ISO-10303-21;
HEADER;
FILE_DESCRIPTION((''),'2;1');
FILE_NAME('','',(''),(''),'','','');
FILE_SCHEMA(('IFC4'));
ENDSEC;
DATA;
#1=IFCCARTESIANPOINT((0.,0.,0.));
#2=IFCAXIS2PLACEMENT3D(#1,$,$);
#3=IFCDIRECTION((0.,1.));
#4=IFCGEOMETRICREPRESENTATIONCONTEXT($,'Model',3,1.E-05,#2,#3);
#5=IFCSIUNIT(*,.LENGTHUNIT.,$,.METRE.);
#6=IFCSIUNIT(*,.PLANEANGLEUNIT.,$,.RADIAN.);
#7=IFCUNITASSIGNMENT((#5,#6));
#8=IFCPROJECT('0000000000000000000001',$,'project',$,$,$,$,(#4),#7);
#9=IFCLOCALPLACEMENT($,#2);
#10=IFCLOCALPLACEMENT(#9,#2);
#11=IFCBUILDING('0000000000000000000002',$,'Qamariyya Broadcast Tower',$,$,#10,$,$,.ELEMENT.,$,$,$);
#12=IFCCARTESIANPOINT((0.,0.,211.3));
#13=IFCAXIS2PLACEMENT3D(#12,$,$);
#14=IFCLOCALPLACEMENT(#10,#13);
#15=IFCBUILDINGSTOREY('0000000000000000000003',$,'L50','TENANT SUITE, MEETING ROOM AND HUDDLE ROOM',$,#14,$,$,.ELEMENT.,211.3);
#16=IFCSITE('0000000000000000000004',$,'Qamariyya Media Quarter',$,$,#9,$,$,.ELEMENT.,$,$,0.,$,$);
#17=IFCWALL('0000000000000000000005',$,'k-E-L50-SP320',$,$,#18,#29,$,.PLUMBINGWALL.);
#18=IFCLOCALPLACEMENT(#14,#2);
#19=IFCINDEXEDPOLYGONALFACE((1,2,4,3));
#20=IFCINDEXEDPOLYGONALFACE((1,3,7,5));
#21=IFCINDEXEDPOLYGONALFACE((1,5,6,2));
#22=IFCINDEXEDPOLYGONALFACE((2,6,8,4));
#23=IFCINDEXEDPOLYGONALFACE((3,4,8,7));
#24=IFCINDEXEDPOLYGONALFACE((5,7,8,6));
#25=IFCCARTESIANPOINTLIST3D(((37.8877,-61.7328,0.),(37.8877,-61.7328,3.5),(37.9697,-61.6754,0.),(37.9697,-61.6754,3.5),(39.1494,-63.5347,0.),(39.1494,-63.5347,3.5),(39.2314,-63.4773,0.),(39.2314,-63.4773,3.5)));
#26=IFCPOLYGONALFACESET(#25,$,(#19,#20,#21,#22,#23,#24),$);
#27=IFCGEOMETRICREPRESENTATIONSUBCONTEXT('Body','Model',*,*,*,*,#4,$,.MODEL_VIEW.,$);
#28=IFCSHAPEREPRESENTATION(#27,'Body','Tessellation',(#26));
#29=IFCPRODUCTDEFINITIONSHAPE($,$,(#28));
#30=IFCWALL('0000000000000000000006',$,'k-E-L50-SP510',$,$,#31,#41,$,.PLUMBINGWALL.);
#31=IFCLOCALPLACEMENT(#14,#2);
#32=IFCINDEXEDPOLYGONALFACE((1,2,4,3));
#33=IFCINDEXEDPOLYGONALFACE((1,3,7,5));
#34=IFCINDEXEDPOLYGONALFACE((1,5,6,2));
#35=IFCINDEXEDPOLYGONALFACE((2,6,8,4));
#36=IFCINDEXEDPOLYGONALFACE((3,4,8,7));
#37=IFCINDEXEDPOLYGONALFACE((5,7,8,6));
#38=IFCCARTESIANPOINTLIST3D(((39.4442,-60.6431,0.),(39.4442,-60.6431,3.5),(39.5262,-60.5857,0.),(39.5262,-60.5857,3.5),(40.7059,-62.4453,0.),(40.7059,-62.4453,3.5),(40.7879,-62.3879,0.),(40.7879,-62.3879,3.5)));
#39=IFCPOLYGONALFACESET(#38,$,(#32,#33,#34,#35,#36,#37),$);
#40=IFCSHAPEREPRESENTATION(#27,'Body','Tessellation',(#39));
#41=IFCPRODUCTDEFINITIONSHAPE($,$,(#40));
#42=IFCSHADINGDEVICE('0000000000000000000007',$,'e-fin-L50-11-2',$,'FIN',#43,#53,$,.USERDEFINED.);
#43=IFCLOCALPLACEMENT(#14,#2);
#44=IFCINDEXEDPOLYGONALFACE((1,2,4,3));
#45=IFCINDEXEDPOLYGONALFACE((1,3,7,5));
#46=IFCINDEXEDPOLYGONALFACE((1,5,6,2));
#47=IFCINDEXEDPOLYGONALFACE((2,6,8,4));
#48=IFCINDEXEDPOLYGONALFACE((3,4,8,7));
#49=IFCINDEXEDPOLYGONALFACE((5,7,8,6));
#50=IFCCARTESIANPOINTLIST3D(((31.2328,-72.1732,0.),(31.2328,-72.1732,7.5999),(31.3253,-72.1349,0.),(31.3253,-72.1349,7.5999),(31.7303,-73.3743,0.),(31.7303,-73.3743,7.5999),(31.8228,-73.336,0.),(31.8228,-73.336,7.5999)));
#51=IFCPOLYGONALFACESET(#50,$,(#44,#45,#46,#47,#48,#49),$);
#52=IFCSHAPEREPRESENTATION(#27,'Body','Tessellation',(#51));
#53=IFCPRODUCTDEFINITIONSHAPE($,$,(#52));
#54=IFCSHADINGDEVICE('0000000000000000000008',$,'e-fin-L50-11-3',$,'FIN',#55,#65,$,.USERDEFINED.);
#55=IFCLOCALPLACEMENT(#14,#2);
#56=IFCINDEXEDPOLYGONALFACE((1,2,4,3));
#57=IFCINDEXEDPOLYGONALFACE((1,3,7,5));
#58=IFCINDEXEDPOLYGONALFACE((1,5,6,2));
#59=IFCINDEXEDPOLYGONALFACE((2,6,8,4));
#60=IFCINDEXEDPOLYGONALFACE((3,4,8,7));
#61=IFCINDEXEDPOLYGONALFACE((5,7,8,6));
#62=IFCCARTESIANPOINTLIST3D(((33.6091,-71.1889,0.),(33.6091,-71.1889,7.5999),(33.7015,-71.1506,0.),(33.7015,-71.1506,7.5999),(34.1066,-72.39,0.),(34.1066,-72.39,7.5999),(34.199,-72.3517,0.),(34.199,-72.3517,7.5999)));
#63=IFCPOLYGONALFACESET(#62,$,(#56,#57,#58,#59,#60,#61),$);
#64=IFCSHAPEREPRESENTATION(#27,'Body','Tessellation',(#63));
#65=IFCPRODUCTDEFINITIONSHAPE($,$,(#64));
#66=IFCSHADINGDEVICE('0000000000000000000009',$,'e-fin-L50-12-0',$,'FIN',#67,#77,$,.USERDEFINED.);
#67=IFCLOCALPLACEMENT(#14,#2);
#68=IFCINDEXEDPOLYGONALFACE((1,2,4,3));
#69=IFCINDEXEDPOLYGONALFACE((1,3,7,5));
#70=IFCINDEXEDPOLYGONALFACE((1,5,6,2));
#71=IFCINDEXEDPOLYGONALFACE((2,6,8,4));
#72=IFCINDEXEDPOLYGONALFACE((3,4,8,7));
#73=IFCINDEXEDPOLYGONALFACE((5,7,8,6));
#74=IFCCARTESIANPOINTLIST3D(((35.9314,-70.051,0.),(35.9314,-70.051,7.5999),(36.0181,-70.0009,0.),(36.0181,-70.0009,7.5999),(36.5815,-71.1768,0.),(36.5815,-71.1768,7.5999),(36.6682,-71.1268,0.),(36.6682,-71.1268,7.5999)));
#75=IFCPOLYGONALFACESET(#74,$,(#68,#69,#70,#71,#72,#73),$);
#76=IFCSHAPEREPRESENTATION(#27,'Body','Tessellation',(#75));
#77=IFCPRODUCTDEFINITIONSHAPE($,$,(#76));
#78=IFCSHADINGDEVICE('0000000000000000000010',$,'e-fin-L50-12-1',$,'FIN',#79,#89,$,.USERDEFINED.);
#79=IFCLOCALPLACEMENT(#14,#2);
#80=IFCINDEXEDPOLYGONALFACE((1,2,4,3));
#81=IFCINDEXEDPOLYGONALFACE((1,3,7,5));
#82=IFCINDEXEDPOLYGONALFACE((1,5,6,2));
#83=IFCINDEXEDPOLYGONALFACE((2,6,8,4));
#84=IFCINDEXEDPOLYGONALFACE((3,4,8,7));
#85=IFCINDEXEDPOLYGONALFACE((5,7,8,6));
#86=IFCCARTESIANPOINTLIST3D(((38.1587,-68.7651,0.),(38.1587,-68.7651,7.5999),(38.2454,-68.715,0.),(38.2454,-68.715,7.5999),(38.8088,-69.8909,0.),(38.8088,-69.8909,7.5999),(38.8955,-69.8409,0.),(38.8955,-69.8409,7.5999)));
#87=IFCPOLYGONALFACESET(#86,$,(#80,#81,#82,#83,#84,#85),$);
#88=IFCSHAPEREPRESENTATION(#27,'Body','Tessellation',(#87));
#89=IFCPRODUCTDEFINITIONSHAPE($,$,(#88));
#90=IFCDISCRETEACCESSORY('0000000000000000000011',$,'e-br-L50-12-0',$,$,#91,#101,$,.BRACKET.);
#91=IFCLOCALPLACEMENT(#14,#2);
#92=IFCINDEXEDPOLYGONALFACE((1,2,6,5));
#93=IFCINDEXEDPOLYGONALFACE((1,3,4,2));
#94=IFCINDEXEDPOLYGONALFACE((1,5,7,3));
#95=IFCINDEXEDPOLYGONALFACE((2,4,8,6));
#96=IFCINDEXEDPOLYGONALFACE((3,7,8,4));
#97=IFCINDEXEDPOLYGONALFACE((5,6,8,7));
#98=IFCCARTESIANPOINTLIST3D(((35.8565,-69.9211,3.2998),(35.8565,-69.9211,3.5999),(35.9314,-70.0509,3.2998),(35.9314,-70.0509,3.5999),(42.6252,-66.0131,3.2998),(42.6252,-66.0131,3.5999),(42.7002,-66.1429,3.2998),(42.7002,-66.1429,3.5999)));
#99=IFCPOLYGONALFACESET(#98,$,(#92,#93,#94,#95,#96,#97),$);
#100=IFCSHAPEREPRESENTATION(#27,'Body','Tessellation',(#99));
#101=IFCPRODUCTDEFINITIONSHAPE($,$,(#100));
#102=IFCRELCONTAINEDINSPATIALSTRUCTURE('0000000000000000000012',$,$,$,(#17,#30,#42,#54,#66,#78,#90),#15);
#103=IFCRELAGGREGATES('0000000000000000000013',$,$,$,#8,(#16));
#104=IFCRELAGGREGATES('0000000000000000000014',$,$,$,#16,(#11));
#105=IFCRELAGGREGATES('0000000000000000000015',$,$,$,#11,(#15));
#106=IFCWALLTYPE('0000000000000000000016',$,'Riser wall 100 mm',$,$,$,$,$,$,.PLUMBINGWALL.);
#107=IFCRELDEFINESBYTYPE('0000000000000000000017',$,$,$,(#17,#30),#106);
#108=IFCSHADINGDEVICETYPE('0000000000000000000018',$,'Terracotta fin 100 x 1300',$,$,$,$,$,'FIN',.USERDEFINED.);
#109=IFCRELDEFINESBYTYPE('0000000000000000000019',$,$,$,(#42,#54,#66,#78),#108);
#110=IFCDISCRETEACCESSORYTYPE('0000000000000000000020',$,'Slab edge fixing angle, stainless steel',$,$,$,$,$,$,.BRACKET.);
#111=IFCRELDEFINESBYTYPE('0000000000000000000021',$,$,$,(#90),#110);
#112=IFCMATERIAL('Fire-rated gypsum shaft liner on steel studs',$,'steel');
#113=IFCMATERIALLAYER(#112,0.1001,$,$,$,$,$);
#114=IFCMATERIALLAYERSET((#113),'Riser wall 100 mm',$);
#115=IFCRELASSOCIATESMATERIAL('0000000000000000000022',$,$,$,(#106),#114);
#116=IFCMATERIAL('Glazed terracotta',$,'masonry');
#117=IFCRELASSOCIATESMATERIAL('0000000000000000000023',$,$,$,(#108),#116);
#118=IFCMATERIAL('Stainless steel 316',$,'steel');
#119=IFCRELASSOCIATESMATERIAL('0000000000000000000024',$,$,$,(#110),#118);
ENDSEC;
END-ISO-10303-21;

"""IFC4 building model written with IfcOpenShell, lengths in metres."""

from ifc_helpers import new_model, si_unit, direction, frame, frame_2d, origin, origin_2d, place, context, subcontext, project, spatial, rectangle, extrude, material, layer, layer_set, material_profile, profile_set, type_object, element, save


model = new_model("IFC4")

# Units and contexts
model_context = context("Model", 3, precision=1e-05, world=origin(), true_north=direction((0.0, 1.0)))
body_context = subcontext(model_context, "Body", "Model", "MODEL_VIEW")
ifc_project = project(units=[si_unit("LENGTHUNIT", "METRE"), si_unit("PLANEANGLEUNIT", "RADIAN")], contexts=[model_context])

# Site, building, storey
site_placement = place(None, origin())
site = spatial("IfcSite", under=ifc_project, at=site_placement, Name="Qamariyya Media Quarter", CompositionType="ELEMENT", RefElevation=0.0)
building_placement = place(site_placement, origin())
building = spatial("IfcBuilding", under=site, at=building_placement, Name="Qamariyya Broadcast Tower", CompositionType="ELEMENT")
storey_placement = place(building_placement, frame((0.0, 0.0, 211.3)))
storey = spatial("IfcBuildingStorey", under=building, at=storey_placement, Name="L50", Description="TENANT SUITE, MEETING ROOM AND HUDDLE ROOM", CompositionType="ELEMENT", Elevation=211.3)

# Walls
ifc_material_1 = material(Name="Fire-rated gypsum shaft liner on steel studs", Category="steel")
ifc_layer_1 = layer(ifc_material_1, 0.1001)
ifc_layer_set_1 = layer_set([ifc_layer_1], Name="Riser wall 100 mm")
wall_type_1 = type_object("IfcWallType", Name="Riser wall 100 mm", PredefinedType="PLUMBINGWALL", material=ifc_layer_set_1)
wall_1_placement = place(storey_placement, frame((37.9287, -61.7041, 0.0), z_axis=(0.0, 0.0, 1.0), x_axis=(0.573559, -0.819164, 0.0)))
element("IfcWall", 1, at=wall_1_placement, inside=storey, type_object=wall_type_1, Name="k-E-L50-SP320", PredefinedType="PLUMBINGWALL", context=body_context, shape_type="SweptSolid", body=[
    extrude(rectangle(XDim=2.1997, YDim=0.1001, at=frame_2d((1.0999, 0.0))), origin(), (0.0, 0.0, 1.0), 3.5),
])
wall_2_placement = place(storey_placement, frame((39.4851, -60.6143, 0.0), z_axis=(0.0, 0.0, 1.0), x_axis=(0.573507, -0.819201, 0.0)))
element("IfcWall", 2, at=wall_2_placement, inside=storey, type_object=wall_type_1, Name="k-E-L50-SP510", PredefinedType="PLUMBINGWALL", context=body_context, shape_type="SweptSolid", body=[
    extrude(rectangle(XDim=2.2, YDim=0.1001, at=frame_2d((1.1001, 0.0))), origin(), (0.0, 0.0, 1.0), 3.5),
])

# Shading devices
ifc_material_2 = material(Name="Glazed terracotta", Category="masonry")
ifc_material_profile_1 = material_profile(ifc_material_2, rectangle(XDim=1.3, YDim=0.1001, at=origin_2d()))
ifc_profile_set_1 = profile_set([ifc_material_profile_1], Name="Glazed terracotta")
shading_device_type_1 = type_object("IfcShadingDeviceType", Name="Terracotta fin 100 x 1300", ElementType="FIN", PredefinedType="USERDEFINED", material=ifc_profile_set_1)
for number, where, z_axis, x_axis, name in (
    (3, (31.5278, -72.7546, 0.0), (0.0, 0.0, 1.0), (0.382683, -0.92388, 0.0), "e-fin-L50-11-2"),
    (4, (33.9041, -71.7703, 0.0), (0.0, 0.0, 1.0), (0.382683, -0.92388, 0.0), "e-fin-L50-11-3"),
    (5, (36.2998, -70.5889, 0.0), (0.0, 0.0, 1.0), (0.5, -0.866025, 0.0), "e-fin-L50-12-0"),
    (6, (38.5271, -69.303, 0.0), (0.0, 0.0, 1.0), (0.5, -0.866025, 0.0), "e-fin-L50-12-1"),
):
    element("IfcShadingDevice", number, at=place(storey_placement, frame(where, z_axis=z_axis, x_axis=x_axis)), inside=storey, type_object=shading_device_type_1, Name=name, ObjectType="FIN", PredefinedType="USERDEFINED", context=body_context, shape_type="SweptSolid", body=[
        extrude(rectangle(XDim=1.3, YDim=0.1001, at=origin_2d()), origin(), (0.0, 0.0, 1.0), 7.5999),
    ])

# Discrete accessory
ifc_material_3 = material(Name="Stainless steel 316", Category="steel")
discrete_accessory_type = type_object("IfcDiscreteAccessoryType", Name="Slab edge fixing angle, stainless steel", PredefinedType="BRACKET", material=ifc_material_3)
discrete_accessory_placement = place(storey_placement, frame((39.2783, -68.032, 3.2998), z_axis=(0.0, 0.0, 1.0), x_axis=(0.866025, 0.5, 0.0)))
element("IfcDiscreteAccessory", 7, at=discrete_accessory_placement, inside=storey, type_object=discrete_accessory_type, Name="e-br-L50-12-0", PredefinedType="BRACKET", context=body_context, shape_type="SweptSolid", body=[
    extrude(rectangle(XDim=7.8159, YDim=0.1499, at=origin_2d()), origin(), (0.0, 0.0, 1.0), 0.3),
])

save(model, "model.ifc")
